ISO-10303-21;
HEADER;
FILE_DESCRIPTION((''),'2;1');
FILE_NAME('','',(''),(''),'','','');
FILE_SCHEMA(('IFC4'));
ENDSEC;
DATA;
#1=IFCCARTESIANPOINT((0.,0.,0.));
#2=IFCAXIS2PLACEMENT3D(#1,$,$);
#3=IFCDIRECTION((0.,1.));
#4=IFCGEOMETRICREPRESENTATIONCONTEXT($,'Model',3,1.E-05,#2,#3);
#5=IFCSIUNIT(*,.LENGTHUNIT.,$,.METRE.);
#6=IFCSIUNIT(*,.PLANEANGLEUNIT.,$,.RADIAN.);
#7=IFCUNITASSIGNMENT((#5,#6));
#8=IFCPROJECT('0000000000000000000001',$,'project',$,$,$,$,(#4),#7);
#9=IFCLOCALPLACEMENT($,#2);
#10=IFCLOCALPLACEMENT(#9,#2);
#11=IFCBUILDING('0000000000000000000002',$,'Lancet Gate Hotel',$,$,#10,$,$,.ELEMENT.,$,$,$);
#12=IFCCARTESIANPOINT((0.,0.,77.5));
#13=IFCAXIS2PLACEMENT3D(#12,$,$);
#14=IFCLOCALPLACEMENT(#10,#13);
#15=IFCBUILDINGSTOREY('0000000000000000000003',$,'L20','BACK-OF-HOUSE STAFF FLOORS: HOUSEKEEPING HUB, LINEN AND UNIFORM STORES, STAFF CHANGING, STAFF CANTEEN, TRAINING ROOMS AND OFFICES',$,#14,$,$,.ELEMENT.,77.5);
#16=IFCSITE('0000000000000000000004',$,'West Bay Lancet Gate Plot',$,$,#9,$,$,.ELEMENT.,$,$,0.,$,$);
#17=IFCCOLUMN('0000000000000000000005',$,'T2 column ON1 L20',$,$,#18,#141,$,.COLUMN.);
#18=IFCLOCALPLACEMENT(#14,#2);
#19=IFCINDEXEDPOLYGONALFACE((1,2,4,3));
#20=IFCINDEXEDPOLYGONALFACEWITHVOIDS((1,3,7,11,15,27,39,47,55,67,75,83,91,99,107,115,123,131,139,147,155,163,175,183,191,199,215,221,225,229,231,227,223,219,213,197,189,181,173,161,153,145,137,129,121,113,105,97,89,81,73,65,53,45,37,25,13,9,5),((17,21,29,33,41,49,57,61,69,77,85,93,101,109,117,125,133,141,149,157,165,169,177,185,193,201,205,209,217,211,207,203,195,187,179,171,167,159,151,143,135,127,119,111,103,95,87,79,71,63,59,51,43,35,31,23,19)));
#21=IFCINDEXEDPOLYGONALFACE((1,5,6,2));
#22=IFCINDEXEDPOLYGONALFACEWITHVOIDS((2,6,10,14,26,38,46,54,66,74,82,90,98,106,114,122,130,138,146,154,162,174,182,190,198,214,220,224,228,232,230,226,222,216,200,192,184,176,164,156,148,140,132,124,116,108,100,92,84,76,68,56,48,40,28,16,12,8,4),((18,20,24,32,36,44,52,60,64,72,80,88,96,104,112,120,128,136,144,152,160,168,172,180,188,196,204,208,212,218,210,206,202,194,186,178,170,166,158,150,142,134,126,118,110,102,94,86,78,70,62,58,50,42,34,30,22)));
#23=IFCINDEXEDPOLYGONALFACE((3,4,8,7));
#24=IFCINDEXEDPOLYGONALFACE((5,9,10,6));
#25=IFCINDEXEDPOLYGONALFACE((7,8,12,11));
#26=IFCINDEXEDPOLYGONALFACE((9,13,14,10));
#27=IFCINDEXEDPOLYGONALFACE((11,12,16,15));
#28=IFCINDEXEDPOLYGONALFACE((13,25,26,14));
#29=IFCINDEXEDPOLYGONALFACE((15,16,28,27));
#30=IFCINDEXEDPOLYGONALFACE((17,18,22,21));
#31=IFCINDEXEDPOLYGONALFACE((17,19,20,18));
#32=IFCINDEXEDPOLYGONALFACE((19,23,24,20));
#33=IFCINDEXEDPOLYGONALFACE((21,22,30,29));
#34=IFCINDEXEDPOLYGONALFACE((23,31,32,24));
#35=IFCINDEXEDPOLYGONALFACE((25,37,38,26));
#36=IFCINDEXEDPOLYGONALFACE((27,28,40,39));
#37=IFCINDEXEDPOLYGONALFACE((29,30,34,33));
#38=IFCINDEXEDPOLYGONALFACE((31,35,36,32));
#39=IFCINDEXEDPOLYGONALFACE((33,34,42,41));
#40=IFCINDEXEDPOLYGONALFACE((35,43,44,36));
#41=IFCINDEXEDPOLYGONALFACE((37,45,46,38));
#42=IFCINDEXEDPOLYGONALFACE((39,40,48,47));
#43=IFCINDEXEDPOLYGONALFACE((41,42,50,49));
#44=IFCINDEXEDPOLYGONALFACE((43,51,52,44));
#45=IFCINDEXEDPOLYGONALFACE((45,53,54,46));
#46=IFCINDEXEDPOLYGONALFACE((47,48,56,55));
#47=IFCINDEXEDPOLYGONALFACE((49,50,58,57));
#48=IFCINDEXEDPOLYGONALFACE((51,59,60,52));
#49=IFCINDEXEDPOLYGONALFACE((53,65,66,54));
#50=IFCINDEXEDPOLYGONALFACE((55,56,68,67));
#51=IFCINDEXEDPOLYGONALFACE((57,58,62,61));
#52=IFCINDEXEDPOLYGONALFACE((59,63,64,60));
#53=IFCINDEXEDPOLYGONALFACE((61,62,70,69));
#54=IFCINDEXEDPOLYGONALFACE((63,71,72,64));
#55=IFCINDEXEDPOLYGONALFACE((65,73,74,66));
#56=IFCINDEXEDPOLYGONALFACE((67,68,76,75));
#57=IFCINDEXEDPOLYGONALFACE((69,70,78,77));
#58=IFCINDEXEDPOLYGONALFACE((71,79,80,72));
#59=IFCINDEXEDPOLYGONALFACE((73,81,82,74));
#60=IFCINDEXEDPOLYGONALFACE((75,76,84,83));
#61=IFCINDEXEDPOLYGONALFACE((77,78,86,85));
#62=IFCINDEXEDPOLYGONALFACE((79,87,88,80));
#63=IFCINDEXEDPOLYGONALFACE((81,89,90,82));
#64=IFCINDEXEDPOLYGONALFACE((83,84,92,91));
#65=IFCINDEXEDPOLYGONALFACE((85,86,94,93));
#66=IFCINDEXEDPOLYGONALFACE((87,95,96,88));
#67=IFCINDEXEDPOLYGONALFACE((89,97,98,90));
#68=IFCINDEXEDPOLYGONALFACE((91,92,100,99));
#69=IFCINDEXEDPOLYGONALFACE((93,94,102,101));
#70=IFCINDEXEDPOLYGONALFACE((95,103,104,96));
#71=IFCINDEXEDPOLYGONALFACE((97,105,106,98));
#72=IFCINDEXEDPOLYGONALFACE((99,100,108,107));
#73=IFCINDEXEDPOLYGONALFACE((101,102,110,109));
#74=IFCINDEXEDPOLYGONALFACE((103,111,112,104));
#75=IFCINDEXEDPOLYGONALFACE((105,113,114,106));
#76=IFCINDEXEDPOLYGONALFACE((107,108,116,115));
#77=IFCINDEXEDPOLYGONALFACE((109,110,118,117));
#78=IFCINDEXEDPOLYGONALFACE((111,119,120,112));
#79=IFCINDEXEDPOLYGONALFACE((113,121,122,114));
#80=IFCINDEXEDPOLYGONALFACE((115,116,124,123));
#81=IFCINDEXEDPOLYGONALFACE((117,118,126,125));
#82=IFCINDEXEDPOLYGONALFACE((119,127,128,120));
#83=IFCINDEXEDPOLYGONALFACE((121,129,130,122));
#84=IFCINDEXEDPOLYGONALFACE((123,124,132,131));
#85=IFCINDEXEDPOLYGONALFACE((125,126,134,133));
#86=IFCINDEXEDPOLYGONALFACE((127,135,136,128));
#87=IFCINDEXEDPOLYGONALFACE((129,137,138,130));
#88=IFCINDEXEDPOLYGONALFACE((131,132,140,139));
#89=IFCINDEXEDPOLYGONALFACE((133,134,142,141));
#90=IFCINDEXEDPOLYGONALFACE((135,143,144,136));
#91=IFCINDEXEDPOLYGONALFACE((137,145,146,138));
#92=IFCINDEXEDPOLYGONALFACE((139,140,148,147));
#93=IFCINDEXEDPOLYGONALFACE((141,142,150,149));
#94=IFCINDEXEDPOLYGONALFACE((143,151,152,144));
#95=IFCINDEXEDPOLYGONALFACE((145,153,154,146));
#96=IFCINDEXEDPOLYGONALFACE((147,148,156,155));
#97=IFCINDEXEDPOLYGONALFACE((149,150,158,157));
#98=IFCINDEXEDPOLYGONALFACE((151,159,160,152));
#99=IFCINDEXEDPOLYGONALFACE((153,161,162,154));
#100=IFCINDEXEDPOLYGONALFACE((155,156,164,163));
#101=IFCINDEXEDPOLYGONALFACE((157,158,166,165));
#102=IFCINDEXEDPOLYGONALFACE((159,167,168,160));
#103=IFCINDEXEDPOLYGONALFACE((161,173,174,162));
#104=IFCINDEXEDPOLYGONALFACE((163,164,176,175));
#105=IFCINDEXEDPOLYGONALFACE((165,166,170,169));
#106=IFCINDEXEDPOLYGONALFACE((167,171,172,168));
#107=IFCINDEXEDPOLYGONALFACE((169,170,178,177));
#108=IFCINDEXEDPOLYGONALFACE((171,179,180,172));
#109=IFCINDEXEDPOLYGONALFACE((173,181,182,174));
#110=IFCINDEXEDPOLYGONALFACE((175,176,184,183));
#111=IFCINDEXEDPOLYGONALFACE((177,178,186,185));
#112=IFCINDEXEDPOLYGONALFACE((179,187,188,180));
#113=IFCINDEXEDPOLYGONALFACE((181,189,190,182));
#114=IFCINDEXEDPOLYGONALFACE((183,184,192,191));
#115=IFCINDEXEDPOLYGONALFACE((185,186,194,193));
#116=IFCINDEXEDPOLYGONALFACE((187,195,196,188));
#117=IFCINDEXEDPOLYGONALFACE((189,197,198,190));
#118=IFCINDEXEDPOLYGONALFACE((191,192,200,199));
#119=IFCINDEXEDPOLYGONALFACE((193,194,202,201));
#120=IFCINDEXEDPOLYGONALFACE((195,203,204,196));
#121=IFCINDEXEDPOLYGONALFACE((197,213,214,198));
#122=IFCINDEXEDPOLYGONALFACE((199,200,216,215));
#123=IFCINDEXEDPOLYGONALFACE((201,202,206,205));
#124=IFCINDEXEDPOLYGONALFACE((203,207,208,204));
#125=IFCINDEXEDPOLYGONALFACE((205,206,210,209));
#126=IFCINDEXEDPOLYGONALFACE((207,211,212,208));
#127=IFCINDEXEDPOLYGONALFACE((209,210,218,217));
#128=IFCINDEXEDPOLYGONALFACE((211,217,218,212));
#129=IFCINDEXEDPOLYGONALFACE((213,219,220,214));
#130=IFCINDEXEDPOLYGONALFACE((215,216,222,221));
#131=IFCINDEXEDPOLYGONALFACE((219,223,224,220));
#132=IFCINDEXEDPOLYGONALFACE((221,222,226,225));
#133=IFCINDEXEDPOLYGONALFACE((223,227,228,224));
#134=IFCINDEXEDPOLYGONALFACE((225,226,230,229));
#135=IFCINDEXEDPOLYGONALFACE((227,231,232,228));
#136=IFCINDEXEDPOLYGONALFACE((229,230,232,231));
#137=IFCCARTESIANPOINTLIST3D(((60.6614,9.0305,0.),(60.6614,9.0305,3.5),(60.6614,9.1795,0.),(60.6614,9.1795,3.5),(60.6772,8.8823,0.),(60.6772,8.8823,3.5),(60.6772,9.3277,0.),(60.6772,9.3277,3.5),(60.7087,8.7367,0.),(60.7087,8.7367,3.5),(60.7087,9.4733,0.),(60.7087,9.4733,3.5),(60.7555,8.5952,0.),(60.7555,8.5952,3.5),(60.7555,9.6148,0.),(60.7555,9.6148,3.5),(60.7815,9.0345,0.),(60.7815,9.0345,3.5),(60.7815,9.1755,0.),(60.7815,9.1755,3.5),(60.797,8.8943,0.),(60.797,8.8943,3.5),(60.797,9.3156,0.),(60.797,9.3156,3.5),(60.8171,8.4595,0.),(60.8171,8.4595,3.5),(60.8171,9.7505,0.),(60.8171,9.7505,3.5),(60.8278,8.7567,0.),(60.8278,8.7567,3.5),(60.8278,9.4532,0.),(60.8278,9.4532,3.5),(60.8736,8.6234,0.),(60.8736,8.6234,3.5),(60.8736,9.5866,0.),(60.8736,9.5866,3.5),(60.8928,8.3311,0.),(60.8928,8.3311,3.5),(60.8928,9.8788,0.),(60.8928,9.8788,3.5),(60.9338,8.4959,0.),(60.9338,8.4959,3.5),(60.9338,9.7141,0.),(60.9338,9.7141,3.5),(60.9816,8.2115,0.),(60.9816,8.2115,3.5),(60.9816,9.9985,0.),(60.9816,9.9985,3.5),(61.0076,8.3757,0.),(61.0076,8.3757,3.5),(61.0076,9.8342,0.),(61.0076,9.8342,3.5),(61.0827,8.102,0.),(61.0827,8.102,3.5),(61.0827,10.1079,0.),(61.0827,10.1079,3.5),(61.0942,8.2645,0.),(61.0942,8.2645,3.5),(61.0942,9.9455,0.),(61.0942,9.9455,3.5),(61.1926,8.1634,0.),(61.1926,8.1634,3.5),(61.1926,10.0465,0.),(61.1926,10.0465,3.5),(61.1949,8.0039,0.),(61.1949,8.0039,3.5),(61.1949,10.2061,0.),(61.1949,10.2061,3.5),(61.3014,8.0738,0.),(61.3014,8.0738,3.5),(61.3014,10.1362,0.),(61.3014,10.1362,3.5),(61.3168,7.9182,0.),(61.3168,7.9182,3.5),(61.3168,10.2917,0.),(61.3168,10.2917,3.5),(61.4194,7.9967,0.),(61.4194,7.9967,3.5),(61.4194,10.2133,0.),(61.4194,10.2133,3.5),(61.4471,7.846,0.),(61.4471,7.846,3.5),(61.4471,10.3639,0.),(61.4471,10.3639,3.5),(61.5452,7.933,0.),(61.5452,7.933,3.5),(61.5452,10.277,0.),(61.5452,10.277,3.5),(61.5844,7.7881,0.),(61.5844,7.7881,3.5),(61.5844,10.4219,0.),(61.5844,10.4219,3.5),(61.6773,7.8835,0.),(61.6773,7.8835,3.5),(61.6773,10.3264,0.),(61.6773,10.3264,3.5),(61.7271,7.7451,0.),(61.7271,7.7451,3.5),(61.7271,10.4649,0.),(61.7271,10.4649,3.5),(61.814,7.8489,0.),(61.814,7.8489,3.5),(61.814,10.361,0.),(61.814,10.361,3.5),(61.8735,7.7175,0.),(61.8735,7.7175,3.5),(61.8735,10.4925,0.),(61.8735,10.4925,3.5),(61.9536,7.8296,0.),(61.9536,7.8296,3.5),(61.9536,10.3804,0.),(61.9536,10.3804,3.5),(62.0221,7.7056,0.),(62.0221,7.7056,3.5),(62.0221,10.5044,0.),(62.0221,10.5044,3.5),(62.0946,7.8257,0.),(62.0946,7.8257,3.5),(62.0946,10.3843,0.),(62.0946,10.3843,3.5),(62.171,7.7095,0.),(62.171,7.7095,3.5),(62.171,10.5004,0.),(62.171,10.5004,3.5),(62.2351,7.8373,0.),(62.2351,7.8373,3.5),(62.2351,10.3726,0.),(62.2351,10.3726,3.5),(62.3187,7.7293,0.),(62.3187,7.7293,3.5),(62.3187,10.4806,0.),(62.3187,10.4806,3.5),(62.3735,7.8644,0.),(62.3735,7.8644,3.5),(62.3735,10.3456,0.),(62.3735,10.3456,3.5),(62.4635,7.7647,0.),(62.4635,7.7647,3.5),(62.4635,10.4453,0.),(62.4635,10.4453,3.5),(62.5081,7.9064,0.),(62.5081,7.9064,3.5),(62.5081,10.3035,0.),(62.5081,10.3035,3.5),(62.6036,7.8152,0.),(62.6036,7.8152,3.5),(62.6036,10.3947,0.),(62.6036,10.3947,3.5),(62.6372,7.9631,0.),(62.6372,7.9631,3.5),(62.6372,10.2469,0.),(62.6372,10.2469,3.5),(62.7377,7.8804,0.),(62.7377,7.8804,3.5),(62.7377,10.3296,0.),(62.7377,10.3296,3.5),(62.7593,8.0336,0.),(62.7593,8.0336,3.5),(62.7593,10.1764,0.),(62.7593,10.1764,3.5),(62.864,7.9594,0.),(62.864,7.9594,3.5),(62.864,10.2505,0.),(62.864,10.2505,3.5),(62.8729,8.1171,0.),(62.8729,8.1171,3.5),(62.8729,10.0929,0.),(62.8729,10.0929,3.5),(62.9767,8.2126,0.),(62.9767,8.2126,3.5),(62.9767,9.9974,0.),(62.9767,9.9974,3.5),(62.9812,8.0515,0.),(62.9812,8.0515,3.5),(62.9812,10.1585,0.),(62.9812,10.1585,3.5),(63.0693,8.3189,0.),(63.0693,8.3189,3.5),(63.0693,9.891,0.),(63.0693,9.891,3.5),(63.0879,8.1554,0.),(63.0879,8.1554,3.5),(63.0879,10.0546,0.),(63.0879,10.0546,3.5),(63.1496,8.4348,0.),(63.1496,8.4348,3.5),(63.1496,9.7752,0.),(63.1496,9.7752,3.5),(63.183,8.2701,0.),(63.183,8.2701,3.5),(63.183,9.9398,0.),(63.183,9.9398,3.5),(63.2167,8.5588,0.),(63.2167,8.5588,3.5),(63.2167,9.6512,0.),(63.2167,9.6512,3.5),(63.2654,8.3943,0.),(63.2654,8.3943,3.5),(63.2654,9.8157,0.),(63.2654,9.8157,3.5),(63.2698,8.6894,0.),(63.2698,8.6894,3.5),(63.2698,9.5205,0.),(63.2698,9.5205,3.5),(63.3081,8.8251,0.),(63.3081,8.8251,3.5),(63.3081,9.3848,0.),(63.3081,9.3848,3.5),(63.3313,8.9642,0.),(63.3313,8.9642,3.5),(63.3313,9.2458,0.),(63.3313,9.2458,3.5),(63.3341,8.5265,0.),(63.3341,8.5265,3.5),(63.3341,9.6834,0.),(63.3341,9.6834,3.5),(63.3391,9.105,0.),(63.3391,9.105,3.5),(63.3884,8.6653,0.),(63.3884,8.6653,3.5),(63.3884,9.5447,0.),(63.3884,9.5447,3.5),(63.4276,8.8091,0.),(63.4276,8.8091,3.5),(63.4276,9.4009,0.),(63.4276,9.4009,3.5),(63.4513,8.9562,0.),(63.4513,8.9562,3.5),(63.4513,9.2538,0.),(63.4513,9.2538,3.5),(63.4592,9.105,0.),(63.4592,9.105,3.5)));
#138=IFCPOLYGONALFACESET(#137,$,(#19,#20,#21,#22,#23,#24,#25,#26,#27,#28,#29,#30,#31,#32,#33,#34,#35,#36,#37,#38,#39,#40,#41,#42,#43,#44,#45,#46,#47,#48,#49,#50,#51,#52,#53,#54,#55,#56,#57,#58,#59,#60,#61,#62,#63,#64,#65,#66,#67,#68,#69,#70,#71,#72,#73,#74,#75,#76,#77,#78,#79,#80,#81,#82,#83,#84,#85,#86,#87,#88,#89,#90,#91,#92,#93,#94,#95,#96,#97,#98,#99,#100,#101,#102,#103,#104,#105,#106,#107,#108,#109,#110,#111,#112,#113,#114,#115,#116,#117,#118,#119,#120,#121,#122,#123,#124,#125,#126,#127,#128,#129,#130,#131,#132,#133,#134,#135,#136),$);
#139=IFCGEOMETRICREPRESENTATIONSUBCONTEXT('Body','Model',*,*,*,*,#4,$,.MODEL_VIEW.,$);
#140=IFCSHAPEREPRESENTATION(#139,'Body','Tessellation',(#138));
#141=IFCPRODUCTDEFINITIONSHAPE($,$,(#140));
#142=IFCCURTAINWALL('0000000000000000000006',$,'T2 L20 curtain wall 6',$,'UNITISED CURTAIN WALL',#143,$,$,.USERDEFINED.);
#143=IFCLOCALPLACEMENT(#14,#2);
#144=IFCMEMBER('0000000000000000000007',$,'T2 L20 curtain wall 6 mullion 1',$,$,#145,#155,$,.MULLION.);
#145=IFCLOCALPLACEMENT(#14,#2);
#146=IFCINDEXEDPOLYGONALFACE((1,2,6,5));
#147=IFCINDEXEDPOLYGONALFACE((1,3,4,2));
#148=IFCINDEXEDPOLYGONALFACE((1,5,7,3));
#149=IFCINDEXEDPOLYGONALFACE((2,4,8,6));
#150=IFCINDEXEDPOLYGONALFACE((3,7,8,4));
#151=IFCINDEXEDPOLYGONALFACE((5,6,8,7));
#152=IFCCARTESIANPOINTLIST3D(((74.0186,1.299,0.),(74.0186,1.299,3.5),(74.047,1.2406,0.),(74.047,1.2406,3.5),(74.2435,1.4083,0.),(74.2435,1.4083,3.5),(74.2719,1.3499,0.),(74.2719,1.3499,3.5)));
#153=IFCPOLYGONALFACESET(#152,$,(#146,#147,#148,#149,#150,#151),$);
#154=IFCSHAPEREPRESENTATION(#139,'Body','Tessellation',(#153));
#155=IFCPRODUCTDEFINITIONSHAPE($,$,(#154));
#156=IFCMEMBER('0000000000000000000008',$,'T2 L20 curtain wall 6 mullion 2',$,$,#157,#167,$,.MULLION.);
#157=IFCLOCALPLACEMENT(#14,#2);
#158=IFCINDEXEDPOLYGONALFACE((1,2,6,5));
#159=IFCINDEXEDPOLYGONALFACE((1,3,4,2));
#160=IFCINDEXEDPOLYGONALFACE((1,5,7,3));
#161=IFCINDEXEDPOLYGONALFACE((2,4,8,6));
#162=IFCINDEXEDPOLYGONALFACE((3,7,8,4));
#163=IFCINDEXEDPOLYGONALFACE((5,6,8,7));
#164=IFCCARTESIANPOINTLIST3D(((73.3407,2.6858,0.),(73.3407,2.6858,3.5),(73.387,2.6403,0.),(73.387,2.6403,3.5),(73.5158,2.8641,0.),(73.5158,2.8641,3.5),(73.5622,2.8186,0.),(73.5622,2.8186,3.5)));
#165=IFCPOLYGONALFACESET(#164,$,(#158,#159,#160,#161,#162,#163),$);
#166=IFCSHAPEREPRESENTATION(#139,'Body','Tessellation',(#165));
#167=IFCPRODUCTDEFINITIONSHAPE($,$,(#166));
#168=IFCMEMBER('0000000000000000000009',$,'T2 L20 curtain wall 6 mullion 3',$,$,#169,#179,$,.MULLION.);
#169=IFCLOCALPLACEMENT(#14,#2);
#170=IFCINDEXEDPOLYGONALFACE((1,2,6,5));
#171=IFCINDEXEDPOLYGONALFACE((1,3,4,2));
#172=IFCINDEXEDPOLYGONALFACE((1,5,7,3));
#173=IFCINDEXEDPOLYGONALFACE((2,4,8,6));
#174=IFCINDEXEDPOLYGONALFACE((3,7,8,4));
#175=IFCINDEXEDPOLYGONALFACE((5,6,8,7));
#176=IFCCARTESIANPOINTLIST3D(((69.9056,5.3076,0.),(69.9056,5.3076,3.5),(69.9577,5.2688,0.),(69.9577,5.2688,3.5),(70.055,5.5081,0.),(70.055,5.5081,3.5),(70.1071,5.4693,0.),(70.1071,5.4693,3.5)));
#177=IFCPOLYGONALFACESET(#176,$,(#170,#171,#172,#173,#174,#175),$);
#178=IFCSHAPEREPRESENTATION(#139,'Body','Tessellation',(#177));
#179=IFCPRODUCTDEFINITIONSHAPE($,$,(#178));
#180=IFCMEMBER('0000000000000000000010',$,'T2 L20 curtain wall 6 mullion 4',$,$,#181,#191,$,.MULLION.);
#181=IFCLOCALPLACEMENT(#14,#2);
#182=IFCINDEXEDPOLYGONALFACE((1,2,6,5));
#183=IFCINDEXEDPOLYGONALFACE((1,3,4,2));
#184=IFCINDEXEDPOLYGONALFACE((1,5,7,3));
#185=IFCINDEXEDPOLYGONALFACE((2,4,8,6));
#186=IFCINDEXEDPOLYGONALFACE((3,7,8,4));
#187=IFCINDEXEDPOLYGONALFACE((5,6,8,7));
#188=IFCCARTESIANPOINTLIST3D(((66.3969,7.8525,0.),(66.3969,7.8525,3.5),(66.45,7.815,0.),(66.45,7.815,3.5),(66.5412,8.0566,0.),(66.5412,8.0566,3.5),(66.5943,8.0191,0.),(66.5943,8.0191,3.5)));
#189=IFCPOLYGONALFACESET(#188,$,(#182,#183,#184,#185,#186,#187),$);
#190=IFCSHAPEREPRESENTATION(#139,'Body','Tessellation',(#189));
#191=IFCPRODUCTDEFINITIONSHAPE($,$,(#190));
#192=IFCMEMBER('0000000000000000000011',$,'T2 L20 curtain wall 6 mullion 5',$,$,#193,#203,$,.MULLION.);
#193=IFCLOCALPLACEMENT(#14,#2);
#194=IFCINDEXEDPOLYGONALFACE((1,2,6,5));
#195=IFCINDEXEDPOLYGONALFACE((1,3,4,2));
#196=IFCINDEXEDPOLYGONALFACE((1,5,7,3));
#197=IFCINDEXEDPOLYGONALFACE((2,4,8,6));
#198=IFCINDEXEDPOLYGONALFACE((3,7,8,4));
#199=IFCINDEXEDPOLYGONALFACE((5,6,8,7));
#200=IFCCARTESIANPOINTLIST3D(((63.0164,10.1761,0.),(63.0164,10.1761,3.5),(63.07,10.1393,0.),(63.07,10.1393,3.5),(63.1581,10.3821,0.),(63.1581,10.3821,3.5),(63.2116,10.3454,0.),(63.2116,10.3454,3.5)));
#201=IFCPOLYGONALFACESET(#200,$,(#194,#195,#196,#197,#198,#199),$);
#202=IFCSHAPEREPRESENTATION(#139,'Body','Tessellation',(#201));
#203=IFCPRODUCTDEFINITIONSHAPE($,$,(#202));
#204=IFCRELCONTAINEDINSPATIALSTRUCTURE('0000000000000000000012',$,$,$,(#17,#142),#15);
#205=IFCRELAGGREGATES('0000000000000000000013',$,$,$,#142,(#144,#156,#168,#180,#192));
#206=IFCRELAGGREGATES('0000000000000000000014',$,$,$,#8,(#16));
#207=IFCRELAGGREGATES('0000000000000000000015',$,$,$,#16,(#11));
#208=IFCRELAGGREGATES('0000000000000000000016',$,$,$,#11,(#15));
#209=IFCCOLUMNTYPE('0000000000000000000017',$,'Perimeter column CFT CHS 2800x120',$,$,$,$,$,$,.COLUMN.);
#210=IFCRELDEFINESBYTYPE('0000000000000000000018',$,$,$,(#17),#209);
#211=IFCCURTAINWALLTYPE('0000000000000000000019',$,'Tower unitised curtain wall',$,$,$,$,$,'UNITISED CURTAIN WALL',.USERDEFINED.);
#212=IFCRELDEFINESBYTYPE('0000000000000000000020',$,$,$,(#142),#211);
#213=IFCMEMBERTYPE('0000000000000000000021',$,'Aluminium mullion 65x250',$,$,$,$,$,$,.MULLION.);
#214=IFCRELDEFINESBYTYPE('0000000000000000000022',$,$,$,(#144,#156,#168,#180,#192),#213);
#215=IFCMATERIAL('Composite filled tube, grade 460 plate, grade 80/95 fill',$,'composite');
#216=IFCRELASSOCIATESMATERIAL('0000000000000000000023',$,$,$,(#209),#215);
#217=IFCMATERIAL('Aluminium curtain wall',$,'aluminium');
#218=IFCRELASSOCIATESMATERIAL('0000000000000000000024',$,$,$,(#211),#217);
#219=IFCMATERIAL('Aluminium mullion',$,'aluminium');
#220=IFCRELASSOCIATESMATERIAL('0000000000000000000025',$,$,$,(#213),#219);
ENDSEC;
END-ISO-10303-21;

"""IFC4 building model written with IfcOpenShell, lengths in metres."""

from ifc_helpers import new_model, si_unit, direction, frame, origin, origin_2d, place, context, subcontext, project, spatial, rectangle, hollow_circle, extrude, material, material_profile, profile_set, type_object, element, aggregate, save


model = new_model("IFC4")

# Units and contexts
model_context = context("Model", 3, precision=1e-05, world=origin(), true_north=direction((0.0, 1.0)))
body_context = subcontext(model_context, "Body", "Model", "MODEL_VIEW")
ifc_project = project(units=[si_unit("LENGTHUNIT", "METRE"), si_unit("PLANEANGLEUNIT", "RADIAN")], contexts=[model_context])

# Site, building, storey
site_placement = place(None, origin())
site = spatial("IfcSite", under=ifc_project, at=site_placement, Name="West Bay Lancet Gate Plot", CompositionType="ELEMENT", RefElevation=0.0)
building_placement = place(site_placement, origin())
building = spatial("IfcBuilding", under=site, at=building_placement, Name="Lancet Gate Hotel", CompositionType="ELEMENT")
storey_placement = place(building_placement, frame((0.0, 0.0, 77.5)))
storey = spatial("IfcBuildingStorey", under=building, at=storey_placement, Name="L20", Description="BACK-OF-HOUSE STAFF FLOORS: HOUSEKEEPING HUB, LINEN AND UNIFORM STORES, STAFF CHANGING, STAFF CANTEEN, TRAINING ROOMS AND OFFICES", CompositionType="ELEMENT", Elevation=77.5)

# Column
ifc_material_1 = material(Name="Composite filled tube, grade 460 plate, grade 80/95 fill", Category="composite")
ifc_material_profile_1 = material_profile(ifc_material_1, hollow_circle(Radius=1.3999, WallThickness=0.1201, at=origin_2d()), Name="CHS 2800x120")
ifc_profile_set_1 = profile_set([ifc_material_profile_1], Name="Composite filled tube, grade 460 plate, grade 80/95 fill")
column_type_1 = type_object("IfcColumnType", Name="Perimeter column CFT CHS 2800x120", PredefinedType="COLUMN", material=ifc_profile_set_1)
column_1_placement = place(storey_placement, frame((62.0593, 9.105, 0.0), z_axis=(0.0, 0.0, 1.0), x_axis=(1.0, 0.0, 0.0)))
element("IfcColumn", 1, at=column_1_placement, inside=storey, type_object=column_type_1, Name="T2 column ON1 L20", PredefinedType="COLUMN", context=body_context, shape_type="SweptSolid", body=[
    extrude(hollow_circle(Radius=1.3999, WallThickness=0.1201, at=origin_2d()), origin(), (0.0, 0.0, 1.0), 3.5),
])

# Curtain wall, members
ifc_material_2 = material(Name="Aluminium curtain wall", Category="aluminium")
curtain_wall_type = type_object("IfcCurtainWallType", Name="Tower unitised curtain wall", ElementType="UNITISED CURTAIN WALL", PredefinedType="USERDEFINED", material=ifc_material_2)
curtain_wall_1_placement = place(storey_placement, origin())
curtain_wall_1 = element("IfcCurtainWall", 2, at=curtain_wall_1_placement, inside=storey, type_object=curtain_wall_type, Name="T2 L20 curtain wall 6", ObjectType="UNITISED CURTAIN WALL", PredefinedType="USERDEFINED")
ifc_material_3 = material(Name="Aluminium mullion", Category="aluminium")
ifc_material_profile_2 = material_profile(ifc_material_3, rectangle(XDim=0.0649, YDim=0.25, at=origin_2d()), Name="MULLION 65x250")
ifc_profile_set_2 = profile_set([ifc_material_profile_2], Name="Aluminium mullion")
member_type_1 = type_object("IfcMemberType", Name="Aluminium mullion 65x250", PredefinedType="MULLION", material=ifc_profile_set_2)
member_1_placement = place(storey_placement, frame((74.1453, 1.3245, 0.0), z_axis=(0.0, 0.0, 1.0), x_axis=(-0.437169, 0.899379, 0.0)))
member_1 = element("IfcMember", 3, at=member_1_placement, type_object=member_type_1, Name="T2 L20 curtain wall 6 mullion 1", PredefinedType="MULLION", context=body_context, shape_type="SweptSolid", body=[
    extrude(rectangle(XDim=0.0649, YDim=0.25, at=origin_2d()), origin(), (0.0, 0.0, 1.0), 3.5),
])
member_2_placement = place(storey_placement, frame((73.4514, 2.7522, 0.0), z_axis=(0.0, 0.0, 1.0), x_axis=(-0.713542, 0.700612, 0.0)))
member_2 = element("IfcMember", 4, at=member_2_placement, type_object=member_type_1, Name="T2 L20 curtain wall 6 mullion 2", PredefinedType="MULLION", context=body_context, shape_type="SweptSolid", body=[
    extrude(rectangle(XDim=0.0649, YDim=0.25, at=origin_2d()), origin(), (0.0, 0.0, 1.0), 3.5),
])
member_3_placement = place(storey_placement, frame((70.0063, 5.3884, 0.0), z_axis=(0.0, 0.0, 1.0), x_axis=(-0.80183, 0.597552, 0.0)))
member_3 = element("IfcMember", 5, at=member_3_placement, type_object=member_type_1, Name="T2 L20 curtain wall 6 mullion 3", PredefinedType="MULLION", context=body_context, shape_type="SweptSolid", body=[
    extrude(rectangle(XDim=0.0649, YDim=0.25, at=origin_2d()), origin(), (0.0, 0.0, 1.0), 3.5),
])
member_4_placement = place(storey_placement, frame((66.4956, 7.9358, 0.0), z_axis=(0.0, 0.0, 1.0), x_axis=(-0.816575, 0.577239, 0.0)))
member_4 = element("IfcMember", 6, at=member_4_placement, type_object=member_type_1, Name="T2 L20 curtain wall 6 mullion 4", PredefinedType="MULLION", context=body_context, shape_type="SweptSolid", body=[
    extrude(rectangle(XDim=0.0649, YDim=0.25, at=origin_2d()), origin(), (0.0, 0.0, 1.0), 3.5),
])
member_5_placement = place(storey_placement, frame((63.114, 10.2607, 0.0), z_axis=(0.0, 0.0, 1.0), x_axis=(-0.824055, 0.566509, 0.0)))
member_5 = element("IfcMember", 7, at=member_5_placement, type_object=member_type_1, Name="T2 L20 curtain wall 6 mullion 5", PredefinedType="MULLION", context=body_context, shape_type="SweptSolid", body=[
    extrude(rectangle(XDim=0.0649, YDim=0.25, at=origin_2d()), origin(), (0.0, 0.0, 1.0), 3.5),
])

aggregate(curtain_wall_1, [member_1, member_2, member_3, member_4, member_5])

save(model, "model.ifc")
